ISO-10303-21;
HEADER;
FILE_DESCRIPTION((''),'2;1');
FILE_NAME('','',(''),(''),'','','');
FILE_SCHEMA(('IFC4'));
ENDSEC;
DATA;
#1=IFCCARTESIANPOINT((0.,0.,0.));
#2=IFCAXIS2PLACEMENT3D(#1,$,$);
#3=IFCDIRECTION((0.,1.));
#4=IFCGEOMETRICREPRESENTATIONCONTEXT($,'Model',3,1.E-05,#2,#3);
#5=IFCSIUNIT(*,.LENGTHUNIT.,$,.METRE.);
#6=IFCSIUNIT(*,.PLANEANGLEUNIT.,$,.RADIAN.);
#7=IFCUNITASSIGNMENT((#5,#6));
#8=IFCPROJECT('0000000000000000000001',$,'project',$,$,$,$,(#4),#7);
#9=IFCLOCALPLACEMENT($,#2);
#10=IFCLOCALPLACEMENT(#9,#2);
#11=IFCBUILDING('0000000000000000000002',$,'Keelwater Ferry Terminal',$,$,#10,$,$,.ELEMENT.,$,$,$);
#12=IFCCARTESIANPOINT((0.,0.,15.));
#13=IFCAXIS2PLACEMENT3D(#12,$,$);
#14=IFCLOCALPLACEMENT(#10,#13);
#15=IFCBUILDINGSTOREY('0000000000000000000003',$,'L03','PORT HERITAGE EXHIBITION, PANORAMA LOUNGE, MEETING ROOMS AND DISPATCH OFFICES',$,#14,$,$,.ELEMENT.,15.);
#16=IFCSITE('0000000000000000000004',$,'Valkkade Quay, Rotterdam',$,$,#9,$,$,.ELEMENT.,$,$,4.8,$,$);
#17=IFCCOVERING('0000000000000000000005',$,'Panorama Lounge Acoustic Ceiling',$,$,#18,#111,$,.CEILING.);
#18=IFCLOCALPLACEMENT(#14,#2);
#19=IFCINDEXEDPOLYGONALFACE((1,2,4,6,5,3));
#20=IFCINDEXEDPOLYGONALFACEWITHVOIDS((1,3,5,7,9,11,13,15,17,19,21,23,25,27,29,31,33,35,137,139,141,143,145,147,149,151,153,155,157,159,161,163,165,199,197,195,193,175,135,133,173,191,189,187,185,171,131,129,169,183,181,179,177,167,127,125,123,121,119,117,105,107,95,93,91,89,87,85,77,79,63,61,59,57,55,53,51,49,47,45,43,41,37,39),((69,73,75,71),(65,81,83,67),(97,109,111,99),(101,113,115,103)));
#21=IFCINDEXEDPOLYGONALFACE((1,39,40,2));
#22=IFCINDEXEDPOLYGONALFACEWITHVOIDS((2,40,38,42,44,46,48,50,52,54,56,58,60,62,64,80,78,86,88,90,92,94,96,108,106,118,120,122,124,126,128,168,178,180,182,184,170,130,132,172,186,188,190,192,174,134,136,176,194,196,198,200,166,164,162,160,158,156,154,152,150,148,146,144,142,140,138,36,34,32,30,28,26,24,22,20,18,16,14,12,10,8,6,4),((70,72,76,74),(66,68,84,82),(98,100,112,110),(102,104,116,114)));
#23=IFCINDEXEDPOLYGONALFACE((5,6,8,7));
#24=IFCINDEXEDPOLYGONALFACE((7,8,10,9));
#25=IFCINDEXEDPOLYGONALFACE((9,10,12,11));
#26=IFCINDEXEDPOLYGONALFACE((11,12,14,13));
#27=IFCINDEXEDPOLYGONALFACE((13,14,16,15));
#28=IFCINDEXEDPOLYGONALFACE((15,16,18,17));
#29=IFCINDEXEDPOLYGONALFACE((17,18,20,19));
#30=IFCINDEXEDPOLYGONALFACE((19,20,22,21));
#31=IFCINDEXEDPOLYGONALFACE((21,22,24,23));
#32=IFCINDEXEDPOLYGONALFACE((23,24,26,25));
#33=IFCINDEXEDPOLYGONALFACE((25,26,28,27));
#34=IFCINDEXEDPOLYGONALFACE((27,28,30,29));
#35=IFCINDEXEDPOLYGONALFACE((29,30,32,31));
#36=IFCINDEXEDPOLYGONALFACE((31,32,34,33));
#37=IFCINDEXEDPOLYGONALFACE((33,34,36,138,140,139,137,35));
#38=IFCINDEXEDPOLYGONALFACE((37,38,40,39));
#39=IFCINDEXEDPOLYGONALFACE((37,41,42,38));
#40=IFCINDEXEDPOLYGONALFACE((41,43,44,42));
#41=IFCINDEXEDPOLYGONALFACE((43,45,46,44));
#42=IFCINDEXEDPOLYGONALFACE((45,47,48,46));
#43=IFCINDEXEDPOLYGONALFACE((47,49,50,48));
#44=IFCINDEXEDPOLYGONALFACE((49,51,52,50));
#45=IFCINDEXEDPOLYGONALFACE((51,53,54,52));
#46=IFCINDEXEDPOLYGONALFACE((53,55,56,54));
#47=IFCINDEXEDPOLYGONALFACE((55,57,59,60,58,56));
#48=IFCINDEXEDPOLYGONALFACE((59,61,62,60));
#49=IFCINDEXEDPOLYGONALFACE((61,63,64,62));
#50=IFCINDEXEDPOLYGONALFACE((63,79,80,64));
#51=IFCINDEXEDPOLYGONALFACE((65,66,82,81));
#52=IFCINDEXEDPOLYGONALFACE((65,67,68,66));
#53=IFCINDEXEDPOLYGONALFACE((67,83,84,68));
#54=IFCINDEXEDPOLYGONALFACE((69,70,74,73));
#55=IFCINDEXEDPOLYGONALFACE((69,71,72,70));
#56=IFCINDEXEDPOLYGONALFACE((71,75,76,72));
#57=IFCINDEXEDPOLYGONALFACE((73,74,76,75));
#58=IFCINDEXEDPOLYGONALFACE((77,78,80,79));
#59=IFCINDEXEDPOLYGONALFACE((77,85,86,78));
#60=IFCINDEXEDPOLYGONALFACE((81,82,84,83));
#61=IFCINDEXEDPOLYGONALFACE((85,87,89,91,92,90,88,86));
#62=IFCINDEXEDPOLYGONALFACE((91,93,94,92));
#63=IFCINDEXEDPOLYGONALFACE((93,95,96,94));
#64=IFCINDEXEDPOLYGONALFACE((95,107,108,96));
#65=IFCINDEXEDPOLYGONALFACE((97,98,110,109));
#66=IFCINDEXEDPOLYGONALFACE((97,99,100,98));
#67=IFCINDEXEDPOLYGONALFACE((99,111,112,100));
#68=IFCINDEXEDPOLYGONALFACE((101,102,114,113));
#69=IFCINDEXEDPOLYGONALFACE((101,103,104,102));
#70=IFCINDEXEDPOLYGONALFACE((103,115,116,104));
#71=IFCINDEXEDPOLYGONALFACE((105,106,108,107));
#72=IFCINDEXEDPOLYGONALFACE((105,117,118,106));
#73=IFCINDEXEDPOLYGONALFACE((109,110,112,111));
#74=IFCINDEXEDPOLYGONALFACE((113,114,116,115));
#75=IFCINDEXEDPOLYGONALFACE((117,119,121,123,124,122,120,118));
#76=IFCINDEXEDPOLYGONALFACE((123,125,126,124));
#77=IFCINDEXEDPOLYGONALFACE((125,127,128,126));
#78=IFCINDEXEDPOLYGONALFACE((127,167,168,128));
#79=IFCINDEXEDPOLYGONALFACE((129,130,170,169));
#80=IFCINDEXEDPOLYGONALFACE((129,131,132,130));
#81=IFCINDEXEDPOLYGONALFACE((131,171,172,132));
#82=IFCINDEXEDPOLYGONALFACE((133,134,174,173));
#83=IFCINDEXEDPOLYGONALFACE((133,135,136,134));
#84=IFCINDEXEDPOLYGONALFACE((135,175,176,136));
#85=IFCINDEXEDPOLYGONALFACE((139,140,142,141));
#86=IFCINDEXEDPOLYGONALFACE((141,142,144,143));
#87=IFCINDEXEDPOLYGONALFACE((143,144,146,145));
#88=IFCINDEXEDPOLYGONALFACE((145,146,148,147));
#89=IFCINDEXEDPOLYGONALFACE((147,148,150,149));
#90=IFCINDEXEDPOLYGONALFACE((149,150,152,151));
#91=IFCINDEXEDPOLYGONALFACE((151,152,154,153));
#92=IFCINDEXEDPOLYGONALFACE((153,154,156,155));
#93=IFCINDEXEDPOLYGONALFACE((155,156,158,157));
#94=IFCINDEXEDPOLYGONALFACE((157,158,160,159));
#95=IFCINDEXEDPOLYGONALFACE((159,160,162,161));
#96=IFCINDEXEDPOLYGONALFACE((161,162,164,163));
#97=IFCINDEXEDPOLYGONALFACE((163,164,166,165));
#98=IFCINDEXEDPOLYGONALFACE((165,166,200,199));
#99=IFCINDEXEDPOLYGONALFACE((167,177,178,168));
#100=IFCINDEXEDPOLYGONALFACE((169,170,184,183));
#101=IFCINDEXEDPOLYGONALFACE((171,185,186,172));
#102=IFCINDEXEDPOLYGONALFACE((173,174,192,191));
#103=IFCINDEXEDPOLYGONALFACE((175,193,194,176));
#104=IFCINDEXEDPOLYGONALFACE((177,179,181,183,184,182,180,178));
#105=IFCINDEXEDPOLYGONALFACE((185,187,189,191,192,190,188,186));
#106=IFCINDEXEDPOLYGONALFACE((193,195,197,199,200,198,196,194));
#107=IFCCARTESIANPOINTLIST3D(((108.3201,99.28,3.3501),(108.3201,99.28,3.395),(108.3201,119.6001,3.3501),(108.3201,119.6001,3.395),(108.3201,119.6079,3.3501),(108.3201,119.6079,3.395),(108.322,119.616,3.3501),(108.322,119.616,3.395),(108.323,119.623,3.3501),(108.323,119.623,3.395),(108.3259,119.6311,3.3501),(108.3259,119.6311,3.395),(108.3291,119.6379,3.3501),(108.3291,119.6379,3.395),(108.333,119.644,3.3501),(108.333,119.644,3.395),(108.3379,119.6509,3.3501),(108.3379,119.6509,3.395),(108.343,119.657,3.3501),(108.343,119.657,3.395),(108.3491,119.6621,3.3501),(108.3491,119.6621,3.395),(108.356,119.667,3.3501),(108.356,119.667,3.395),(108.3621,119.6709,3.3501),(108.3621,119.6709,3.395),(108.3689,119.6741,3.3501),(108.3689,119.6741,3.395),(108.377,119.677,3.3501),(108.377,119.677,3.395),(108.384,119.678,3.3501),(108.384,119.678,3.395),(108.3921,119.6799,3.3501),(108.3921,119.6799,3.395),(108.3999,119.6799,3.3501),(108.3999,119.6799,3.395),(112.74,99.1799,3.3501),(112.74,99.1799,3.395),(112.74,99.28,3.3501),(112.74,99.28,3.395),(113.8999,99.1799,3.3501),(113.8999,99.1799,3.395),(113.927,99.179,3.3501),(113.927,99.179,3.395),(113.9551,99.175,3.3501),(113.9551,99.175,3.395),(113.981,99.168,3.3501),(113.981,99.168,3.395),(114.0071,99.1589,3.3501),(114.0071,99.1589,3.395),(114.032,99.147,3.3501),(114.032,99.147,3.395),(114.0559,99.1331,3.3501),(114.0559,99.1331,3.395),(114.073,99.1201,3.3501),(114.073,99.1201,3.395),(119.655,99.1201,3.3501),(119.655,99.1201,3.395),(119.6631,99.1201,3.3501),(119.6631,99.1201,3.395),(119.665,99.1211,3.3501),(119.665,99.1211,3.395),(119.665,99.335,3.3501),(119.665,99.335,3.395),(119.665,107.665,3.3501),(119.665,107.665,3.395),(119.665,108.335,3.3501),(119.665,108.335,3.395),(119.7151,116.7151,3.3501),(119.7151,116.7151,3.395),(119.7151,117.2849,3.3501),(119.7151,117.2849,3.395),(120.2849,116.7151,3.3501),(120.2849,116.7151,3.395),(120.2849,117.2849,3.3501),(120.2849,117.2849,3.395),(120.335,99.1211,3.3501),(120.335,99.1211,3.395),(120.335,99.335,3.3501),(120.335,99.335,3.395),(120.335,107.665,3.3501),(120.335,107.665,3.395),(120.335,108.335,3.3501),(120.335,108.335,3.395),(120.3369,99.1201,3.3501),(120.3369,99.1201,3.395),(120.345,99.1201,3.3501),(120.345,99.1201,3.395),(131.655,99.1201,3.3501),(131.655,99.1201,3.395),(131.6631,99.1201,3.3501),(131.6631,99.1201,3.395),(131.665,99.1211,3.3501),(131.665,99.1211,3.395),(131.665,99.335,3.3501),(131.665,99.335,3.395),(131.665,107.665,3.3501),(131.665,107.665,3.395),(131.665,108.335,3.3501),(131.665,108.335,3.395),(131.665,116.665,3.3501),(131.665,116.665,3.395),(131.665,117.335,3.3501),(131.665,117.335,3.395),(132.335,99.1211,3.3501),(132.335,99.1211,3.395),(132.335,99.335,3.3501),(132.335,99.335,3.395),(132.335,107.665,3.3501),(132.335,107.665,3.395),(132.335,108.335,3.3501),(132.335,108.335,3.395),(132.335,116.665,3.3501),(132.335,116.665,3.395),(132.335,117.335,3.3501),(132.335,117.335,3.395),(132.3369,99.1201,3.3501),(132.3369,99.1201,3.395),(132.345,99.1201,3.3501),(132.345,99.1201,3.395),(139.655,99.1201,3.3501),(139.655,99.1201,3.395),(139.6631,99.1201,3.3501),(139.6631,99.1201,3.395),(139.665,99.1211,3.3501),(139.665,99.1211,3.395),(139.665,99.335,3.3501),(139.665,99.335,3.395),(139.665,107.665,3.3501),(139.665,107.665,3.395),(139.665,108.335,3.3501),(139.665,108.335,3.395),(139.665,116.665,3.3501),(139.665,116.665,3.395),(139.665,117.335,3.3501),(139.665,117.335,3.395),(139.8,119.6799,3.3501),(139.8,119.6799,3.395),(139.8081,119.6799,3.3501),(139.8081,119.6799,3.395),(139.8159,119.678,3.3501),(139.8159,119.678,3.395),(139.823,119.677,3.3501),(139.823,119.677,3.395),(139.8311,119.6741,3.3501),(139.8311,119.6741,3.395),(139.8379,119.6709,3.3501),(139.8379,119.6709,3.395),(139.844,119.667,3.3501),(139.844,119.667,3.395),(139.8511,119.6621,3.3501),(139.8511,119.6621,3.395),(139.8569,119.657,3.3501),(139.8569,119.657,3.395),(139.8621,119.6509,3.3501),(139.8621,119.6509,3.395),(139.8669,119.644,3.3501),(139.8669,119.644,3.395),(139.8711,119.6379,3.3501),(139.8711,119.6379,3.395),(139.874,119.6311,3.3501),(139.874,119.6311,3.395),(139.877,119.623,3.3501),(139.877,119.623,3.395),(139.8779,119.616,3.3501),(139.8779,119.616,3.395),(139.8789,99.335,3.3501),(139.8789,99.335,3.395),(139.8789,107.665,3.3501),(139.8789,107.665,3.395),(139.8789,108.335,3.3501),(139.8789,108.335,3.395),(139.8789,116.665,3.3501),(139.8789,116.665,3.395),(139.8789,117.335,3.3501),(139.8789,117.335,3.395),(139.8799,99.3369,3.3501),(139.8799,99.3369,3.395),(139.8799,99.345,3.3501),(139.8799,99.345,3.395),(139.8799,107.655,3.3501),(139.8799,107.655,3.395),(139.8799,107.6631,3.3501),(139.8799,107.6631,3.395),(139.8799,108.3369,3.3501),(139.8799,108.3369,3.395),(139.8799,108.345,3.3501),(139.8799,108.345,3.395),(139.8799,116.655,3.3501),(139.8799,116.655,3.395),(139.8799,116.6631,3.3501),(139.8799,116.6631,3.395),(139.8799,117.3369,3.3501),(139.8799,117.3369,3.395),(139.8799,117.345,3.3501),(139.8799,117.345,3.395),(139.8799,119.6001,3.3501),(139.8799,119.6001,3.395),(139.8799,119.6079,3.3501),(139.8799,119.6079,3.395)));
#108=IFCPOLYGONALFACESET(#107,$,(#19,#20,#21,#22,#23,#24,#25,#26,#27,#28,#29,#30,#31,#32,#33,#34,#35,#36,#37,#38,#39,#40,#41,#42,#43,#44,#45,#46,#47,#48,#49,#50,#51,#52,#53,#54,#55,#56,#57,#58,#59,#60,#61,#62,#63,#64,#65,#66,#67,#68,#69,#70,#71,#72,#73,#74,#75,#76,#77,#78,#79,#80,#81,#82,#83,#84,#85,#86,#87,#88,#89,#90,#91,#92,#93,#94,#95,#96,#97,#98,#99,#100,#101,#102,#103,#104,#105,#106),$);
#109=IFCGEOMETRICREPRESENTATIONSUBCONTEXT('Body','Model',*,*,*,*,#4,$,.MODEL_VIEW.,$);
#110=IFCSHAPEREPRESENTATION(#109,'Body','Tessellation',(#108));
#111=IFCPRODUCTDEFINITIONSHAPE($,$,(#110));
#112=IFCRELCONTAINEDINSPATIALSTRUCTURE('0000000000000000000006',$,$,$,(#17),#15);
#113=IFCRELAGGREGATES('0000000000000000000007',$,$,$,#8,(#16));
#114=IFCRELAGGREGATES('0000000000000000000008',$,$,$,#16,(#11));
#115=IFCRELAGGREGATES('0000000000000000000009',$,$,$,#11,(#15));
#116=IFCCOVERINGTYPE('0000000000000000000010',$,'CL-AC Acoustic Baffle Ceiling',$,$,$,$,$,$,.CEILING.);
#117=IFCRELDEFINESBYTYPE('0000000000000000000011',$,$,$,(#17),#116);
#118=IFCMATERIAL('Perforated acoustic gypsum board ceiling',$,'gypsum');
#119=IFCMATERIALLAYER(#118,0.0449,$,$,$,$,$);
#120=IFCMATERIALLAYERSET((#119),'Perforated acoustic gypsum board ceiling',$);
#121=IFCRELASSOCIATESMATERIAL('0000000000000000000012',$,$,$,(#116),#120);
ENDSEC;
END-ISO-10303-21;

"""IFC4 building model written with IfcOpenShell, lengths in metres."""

from ifc_helpers import new_model, si_unit, direction, frame, origin, place, context, subcontext, project, spatial, polyline, outline, extrude, material, layer, layer_set, type_object, element, save


model = new_model("IFC4")

# Units and contexts
model_context = context("Model", 3, precision=1e-05, world=origin(), true_north=direction((0.0, 1.0)))
body_context = subcontext(model_context, "Body", "Model", "MODEL_VIEW")
ifc_project = project(units=[si_unit("LENGTHUNIT", "METRE"), si_unit("PLANEANGLEUNIT", "RADIAN")], contexts=[model_context])

# Site, building, storey
site_placement = place(None, origin())
site = spatial("IfcSite", under=ifc_project, at=site_placement, Name="Valkkade Quay, Rotterdam", CompositionType="ELEMENT", RefElevation=4.8)
building_placement = place(site_placement, origin())
building = spatial("IfcBuilding", under=site, at=building_placement, Name="Keelwater Ferry Terminal", CompositionType="ELEMENT")
storey_placement = place(building_placement, frame((0.0, 0.0, 15.0)))
storey = spatial("IfcBuildingStorey", under=building, at=storey_placement, Name="L03", Description="PORT HERITAGE EXHIBITION, PANORAMA LOUNGE, MEETING ROOMS AND DISPATCH OFFICES", CompositionType="ELEMENT", Elevation=15.0)

# Covering
ifc_material_1 = material(Name="Perforated acoustic gypsum board ceiling", Category="gypsum")
ifc_layer_1 = layer(ifc_material_1, 0.0449)
ifc_layer_set_1 = layer_set([ifc_layer_1], Name="Perforated acoustic gypsum board ceiling")
covering_type_1 = type_object("IfcCoveringType", Name="CL-AC Acoustic Baffle Ceiling", PredefinedType="CEILING", material=ifc_layer_set_1)
covering_1_placement = place(storey_placement, frame((0.0, 0.0, 3.3501)))
element("IfcCovering", 1, at=covering_1_placement, inside=storey, type_object=covering_type_1, Name="Panorama Lounge Acoustic Ceiling", PredefinedType="CEILING", context=body_context, shape_type="SweptSolid", body=[
    extrude(outline(polyline([(139.8159, 119.678), (139.823, 119.677), (139.8311, 119.6741), (139.8379, 119.6709), (139.844, 119.667), (139.8511, 119.6621), (139.8569, 119.657), (139.8621, 119.6509), (139.8669, 119.644), (139.8711, 119.6379), (139.874, 119.6311), (139.877, 119.623), (139.8779, 119.616), (139.8799, 119.6079), (139.8799, 119.6001), (139.8799, 117.345), (139.8799, 117.3369), (139.8789, 117.335), (139.665, 117.335), (139.665, 116.665), (139.8789, 116.665), (139.8799, 116.6631), (139.8799, 116.655), (139.8799, 108.345), (139.8799, 108.3369), (139.8789, 108.335), (139.665, 108.335), (139.665, 107.665), (139.8789, 107.665), (139.8799, 107.6631), (139.8799, 107.655), (139.8799, 99.345), (139.8799, 99.3369), (139.8789, 99.335), (139.665, 99.335), (139.665, 99.1211), (139.6631, 99.1201), (139.655, 99.1201), (132.345, 99.1201), (132.3369, 99.1201), (132.335, 99.1211), (132.335, 99.335), (131.665, 99.335), (131.665, 99.1211), (131.6631, 99.1201), (131.655, 99.1201), (120.345, 99.1201), (120.3369, 99.1201), (120.335, 99.1211), (120.335, 99.335), (119.665, 99.335), (119.665, 99.1211), (119.6631, 99.1201), (119.655, 99.1201), (114.073, 99.1201), (114.0559, 99.1331), (114.032, 99.147), (114.0071, 99.1589), (113.981, 99.168), (113.9551, 99.175), (113.927, 99.179), (113.8999, 99.1799), (112.74, 99.1799), (112.74, 99.28), (108.3201, 99.28), (108.3201, 119.6001), (108.3201, 119.6079), (108.322, 119.616), (108.323, 119.623), (108.3259, 119.6311), (108.3291, 119.6379), (108.333, 119.644), (108.3379, 119.6509), (108.343, 119.657), (108.3491, 119.6621), (108.356, 119.667), (108.3621, 119.6709), (108.3689, 119.6741), (108.377, 119.677), (108.384, 119.678), (108.3921, 119.6799), (108.3999, 119.6799), (139.8, 119.6799), (139.8081, 119.6799), (139.8159, 119.678)]), holes=[polyline([(131.665, 107.665), (132.335, 107.665), (132.335, 108.335), (131.665, 108.335), (131.665, 107.665)]), polyline([(119.665, 107.665), (120.335, 107.665), (120.335, 108.335), (119.665, 108.335), (119.665, 107.665)]), polyline([(131.665, 116.665), (132.335, 116.665), (132.335, 117.335), (131.665, 117.335), (131.665, 116.665)]), polyline([(119.7151, 116.7151), (120.2849, 116.7151), (120.2849, 117.2849), (119.7151, 117.2849), (119.7151, 116.7151)])]), origin(), (0.0, 0.0, 1.0), 0.0449),
])

save(model, "model.ifc")
